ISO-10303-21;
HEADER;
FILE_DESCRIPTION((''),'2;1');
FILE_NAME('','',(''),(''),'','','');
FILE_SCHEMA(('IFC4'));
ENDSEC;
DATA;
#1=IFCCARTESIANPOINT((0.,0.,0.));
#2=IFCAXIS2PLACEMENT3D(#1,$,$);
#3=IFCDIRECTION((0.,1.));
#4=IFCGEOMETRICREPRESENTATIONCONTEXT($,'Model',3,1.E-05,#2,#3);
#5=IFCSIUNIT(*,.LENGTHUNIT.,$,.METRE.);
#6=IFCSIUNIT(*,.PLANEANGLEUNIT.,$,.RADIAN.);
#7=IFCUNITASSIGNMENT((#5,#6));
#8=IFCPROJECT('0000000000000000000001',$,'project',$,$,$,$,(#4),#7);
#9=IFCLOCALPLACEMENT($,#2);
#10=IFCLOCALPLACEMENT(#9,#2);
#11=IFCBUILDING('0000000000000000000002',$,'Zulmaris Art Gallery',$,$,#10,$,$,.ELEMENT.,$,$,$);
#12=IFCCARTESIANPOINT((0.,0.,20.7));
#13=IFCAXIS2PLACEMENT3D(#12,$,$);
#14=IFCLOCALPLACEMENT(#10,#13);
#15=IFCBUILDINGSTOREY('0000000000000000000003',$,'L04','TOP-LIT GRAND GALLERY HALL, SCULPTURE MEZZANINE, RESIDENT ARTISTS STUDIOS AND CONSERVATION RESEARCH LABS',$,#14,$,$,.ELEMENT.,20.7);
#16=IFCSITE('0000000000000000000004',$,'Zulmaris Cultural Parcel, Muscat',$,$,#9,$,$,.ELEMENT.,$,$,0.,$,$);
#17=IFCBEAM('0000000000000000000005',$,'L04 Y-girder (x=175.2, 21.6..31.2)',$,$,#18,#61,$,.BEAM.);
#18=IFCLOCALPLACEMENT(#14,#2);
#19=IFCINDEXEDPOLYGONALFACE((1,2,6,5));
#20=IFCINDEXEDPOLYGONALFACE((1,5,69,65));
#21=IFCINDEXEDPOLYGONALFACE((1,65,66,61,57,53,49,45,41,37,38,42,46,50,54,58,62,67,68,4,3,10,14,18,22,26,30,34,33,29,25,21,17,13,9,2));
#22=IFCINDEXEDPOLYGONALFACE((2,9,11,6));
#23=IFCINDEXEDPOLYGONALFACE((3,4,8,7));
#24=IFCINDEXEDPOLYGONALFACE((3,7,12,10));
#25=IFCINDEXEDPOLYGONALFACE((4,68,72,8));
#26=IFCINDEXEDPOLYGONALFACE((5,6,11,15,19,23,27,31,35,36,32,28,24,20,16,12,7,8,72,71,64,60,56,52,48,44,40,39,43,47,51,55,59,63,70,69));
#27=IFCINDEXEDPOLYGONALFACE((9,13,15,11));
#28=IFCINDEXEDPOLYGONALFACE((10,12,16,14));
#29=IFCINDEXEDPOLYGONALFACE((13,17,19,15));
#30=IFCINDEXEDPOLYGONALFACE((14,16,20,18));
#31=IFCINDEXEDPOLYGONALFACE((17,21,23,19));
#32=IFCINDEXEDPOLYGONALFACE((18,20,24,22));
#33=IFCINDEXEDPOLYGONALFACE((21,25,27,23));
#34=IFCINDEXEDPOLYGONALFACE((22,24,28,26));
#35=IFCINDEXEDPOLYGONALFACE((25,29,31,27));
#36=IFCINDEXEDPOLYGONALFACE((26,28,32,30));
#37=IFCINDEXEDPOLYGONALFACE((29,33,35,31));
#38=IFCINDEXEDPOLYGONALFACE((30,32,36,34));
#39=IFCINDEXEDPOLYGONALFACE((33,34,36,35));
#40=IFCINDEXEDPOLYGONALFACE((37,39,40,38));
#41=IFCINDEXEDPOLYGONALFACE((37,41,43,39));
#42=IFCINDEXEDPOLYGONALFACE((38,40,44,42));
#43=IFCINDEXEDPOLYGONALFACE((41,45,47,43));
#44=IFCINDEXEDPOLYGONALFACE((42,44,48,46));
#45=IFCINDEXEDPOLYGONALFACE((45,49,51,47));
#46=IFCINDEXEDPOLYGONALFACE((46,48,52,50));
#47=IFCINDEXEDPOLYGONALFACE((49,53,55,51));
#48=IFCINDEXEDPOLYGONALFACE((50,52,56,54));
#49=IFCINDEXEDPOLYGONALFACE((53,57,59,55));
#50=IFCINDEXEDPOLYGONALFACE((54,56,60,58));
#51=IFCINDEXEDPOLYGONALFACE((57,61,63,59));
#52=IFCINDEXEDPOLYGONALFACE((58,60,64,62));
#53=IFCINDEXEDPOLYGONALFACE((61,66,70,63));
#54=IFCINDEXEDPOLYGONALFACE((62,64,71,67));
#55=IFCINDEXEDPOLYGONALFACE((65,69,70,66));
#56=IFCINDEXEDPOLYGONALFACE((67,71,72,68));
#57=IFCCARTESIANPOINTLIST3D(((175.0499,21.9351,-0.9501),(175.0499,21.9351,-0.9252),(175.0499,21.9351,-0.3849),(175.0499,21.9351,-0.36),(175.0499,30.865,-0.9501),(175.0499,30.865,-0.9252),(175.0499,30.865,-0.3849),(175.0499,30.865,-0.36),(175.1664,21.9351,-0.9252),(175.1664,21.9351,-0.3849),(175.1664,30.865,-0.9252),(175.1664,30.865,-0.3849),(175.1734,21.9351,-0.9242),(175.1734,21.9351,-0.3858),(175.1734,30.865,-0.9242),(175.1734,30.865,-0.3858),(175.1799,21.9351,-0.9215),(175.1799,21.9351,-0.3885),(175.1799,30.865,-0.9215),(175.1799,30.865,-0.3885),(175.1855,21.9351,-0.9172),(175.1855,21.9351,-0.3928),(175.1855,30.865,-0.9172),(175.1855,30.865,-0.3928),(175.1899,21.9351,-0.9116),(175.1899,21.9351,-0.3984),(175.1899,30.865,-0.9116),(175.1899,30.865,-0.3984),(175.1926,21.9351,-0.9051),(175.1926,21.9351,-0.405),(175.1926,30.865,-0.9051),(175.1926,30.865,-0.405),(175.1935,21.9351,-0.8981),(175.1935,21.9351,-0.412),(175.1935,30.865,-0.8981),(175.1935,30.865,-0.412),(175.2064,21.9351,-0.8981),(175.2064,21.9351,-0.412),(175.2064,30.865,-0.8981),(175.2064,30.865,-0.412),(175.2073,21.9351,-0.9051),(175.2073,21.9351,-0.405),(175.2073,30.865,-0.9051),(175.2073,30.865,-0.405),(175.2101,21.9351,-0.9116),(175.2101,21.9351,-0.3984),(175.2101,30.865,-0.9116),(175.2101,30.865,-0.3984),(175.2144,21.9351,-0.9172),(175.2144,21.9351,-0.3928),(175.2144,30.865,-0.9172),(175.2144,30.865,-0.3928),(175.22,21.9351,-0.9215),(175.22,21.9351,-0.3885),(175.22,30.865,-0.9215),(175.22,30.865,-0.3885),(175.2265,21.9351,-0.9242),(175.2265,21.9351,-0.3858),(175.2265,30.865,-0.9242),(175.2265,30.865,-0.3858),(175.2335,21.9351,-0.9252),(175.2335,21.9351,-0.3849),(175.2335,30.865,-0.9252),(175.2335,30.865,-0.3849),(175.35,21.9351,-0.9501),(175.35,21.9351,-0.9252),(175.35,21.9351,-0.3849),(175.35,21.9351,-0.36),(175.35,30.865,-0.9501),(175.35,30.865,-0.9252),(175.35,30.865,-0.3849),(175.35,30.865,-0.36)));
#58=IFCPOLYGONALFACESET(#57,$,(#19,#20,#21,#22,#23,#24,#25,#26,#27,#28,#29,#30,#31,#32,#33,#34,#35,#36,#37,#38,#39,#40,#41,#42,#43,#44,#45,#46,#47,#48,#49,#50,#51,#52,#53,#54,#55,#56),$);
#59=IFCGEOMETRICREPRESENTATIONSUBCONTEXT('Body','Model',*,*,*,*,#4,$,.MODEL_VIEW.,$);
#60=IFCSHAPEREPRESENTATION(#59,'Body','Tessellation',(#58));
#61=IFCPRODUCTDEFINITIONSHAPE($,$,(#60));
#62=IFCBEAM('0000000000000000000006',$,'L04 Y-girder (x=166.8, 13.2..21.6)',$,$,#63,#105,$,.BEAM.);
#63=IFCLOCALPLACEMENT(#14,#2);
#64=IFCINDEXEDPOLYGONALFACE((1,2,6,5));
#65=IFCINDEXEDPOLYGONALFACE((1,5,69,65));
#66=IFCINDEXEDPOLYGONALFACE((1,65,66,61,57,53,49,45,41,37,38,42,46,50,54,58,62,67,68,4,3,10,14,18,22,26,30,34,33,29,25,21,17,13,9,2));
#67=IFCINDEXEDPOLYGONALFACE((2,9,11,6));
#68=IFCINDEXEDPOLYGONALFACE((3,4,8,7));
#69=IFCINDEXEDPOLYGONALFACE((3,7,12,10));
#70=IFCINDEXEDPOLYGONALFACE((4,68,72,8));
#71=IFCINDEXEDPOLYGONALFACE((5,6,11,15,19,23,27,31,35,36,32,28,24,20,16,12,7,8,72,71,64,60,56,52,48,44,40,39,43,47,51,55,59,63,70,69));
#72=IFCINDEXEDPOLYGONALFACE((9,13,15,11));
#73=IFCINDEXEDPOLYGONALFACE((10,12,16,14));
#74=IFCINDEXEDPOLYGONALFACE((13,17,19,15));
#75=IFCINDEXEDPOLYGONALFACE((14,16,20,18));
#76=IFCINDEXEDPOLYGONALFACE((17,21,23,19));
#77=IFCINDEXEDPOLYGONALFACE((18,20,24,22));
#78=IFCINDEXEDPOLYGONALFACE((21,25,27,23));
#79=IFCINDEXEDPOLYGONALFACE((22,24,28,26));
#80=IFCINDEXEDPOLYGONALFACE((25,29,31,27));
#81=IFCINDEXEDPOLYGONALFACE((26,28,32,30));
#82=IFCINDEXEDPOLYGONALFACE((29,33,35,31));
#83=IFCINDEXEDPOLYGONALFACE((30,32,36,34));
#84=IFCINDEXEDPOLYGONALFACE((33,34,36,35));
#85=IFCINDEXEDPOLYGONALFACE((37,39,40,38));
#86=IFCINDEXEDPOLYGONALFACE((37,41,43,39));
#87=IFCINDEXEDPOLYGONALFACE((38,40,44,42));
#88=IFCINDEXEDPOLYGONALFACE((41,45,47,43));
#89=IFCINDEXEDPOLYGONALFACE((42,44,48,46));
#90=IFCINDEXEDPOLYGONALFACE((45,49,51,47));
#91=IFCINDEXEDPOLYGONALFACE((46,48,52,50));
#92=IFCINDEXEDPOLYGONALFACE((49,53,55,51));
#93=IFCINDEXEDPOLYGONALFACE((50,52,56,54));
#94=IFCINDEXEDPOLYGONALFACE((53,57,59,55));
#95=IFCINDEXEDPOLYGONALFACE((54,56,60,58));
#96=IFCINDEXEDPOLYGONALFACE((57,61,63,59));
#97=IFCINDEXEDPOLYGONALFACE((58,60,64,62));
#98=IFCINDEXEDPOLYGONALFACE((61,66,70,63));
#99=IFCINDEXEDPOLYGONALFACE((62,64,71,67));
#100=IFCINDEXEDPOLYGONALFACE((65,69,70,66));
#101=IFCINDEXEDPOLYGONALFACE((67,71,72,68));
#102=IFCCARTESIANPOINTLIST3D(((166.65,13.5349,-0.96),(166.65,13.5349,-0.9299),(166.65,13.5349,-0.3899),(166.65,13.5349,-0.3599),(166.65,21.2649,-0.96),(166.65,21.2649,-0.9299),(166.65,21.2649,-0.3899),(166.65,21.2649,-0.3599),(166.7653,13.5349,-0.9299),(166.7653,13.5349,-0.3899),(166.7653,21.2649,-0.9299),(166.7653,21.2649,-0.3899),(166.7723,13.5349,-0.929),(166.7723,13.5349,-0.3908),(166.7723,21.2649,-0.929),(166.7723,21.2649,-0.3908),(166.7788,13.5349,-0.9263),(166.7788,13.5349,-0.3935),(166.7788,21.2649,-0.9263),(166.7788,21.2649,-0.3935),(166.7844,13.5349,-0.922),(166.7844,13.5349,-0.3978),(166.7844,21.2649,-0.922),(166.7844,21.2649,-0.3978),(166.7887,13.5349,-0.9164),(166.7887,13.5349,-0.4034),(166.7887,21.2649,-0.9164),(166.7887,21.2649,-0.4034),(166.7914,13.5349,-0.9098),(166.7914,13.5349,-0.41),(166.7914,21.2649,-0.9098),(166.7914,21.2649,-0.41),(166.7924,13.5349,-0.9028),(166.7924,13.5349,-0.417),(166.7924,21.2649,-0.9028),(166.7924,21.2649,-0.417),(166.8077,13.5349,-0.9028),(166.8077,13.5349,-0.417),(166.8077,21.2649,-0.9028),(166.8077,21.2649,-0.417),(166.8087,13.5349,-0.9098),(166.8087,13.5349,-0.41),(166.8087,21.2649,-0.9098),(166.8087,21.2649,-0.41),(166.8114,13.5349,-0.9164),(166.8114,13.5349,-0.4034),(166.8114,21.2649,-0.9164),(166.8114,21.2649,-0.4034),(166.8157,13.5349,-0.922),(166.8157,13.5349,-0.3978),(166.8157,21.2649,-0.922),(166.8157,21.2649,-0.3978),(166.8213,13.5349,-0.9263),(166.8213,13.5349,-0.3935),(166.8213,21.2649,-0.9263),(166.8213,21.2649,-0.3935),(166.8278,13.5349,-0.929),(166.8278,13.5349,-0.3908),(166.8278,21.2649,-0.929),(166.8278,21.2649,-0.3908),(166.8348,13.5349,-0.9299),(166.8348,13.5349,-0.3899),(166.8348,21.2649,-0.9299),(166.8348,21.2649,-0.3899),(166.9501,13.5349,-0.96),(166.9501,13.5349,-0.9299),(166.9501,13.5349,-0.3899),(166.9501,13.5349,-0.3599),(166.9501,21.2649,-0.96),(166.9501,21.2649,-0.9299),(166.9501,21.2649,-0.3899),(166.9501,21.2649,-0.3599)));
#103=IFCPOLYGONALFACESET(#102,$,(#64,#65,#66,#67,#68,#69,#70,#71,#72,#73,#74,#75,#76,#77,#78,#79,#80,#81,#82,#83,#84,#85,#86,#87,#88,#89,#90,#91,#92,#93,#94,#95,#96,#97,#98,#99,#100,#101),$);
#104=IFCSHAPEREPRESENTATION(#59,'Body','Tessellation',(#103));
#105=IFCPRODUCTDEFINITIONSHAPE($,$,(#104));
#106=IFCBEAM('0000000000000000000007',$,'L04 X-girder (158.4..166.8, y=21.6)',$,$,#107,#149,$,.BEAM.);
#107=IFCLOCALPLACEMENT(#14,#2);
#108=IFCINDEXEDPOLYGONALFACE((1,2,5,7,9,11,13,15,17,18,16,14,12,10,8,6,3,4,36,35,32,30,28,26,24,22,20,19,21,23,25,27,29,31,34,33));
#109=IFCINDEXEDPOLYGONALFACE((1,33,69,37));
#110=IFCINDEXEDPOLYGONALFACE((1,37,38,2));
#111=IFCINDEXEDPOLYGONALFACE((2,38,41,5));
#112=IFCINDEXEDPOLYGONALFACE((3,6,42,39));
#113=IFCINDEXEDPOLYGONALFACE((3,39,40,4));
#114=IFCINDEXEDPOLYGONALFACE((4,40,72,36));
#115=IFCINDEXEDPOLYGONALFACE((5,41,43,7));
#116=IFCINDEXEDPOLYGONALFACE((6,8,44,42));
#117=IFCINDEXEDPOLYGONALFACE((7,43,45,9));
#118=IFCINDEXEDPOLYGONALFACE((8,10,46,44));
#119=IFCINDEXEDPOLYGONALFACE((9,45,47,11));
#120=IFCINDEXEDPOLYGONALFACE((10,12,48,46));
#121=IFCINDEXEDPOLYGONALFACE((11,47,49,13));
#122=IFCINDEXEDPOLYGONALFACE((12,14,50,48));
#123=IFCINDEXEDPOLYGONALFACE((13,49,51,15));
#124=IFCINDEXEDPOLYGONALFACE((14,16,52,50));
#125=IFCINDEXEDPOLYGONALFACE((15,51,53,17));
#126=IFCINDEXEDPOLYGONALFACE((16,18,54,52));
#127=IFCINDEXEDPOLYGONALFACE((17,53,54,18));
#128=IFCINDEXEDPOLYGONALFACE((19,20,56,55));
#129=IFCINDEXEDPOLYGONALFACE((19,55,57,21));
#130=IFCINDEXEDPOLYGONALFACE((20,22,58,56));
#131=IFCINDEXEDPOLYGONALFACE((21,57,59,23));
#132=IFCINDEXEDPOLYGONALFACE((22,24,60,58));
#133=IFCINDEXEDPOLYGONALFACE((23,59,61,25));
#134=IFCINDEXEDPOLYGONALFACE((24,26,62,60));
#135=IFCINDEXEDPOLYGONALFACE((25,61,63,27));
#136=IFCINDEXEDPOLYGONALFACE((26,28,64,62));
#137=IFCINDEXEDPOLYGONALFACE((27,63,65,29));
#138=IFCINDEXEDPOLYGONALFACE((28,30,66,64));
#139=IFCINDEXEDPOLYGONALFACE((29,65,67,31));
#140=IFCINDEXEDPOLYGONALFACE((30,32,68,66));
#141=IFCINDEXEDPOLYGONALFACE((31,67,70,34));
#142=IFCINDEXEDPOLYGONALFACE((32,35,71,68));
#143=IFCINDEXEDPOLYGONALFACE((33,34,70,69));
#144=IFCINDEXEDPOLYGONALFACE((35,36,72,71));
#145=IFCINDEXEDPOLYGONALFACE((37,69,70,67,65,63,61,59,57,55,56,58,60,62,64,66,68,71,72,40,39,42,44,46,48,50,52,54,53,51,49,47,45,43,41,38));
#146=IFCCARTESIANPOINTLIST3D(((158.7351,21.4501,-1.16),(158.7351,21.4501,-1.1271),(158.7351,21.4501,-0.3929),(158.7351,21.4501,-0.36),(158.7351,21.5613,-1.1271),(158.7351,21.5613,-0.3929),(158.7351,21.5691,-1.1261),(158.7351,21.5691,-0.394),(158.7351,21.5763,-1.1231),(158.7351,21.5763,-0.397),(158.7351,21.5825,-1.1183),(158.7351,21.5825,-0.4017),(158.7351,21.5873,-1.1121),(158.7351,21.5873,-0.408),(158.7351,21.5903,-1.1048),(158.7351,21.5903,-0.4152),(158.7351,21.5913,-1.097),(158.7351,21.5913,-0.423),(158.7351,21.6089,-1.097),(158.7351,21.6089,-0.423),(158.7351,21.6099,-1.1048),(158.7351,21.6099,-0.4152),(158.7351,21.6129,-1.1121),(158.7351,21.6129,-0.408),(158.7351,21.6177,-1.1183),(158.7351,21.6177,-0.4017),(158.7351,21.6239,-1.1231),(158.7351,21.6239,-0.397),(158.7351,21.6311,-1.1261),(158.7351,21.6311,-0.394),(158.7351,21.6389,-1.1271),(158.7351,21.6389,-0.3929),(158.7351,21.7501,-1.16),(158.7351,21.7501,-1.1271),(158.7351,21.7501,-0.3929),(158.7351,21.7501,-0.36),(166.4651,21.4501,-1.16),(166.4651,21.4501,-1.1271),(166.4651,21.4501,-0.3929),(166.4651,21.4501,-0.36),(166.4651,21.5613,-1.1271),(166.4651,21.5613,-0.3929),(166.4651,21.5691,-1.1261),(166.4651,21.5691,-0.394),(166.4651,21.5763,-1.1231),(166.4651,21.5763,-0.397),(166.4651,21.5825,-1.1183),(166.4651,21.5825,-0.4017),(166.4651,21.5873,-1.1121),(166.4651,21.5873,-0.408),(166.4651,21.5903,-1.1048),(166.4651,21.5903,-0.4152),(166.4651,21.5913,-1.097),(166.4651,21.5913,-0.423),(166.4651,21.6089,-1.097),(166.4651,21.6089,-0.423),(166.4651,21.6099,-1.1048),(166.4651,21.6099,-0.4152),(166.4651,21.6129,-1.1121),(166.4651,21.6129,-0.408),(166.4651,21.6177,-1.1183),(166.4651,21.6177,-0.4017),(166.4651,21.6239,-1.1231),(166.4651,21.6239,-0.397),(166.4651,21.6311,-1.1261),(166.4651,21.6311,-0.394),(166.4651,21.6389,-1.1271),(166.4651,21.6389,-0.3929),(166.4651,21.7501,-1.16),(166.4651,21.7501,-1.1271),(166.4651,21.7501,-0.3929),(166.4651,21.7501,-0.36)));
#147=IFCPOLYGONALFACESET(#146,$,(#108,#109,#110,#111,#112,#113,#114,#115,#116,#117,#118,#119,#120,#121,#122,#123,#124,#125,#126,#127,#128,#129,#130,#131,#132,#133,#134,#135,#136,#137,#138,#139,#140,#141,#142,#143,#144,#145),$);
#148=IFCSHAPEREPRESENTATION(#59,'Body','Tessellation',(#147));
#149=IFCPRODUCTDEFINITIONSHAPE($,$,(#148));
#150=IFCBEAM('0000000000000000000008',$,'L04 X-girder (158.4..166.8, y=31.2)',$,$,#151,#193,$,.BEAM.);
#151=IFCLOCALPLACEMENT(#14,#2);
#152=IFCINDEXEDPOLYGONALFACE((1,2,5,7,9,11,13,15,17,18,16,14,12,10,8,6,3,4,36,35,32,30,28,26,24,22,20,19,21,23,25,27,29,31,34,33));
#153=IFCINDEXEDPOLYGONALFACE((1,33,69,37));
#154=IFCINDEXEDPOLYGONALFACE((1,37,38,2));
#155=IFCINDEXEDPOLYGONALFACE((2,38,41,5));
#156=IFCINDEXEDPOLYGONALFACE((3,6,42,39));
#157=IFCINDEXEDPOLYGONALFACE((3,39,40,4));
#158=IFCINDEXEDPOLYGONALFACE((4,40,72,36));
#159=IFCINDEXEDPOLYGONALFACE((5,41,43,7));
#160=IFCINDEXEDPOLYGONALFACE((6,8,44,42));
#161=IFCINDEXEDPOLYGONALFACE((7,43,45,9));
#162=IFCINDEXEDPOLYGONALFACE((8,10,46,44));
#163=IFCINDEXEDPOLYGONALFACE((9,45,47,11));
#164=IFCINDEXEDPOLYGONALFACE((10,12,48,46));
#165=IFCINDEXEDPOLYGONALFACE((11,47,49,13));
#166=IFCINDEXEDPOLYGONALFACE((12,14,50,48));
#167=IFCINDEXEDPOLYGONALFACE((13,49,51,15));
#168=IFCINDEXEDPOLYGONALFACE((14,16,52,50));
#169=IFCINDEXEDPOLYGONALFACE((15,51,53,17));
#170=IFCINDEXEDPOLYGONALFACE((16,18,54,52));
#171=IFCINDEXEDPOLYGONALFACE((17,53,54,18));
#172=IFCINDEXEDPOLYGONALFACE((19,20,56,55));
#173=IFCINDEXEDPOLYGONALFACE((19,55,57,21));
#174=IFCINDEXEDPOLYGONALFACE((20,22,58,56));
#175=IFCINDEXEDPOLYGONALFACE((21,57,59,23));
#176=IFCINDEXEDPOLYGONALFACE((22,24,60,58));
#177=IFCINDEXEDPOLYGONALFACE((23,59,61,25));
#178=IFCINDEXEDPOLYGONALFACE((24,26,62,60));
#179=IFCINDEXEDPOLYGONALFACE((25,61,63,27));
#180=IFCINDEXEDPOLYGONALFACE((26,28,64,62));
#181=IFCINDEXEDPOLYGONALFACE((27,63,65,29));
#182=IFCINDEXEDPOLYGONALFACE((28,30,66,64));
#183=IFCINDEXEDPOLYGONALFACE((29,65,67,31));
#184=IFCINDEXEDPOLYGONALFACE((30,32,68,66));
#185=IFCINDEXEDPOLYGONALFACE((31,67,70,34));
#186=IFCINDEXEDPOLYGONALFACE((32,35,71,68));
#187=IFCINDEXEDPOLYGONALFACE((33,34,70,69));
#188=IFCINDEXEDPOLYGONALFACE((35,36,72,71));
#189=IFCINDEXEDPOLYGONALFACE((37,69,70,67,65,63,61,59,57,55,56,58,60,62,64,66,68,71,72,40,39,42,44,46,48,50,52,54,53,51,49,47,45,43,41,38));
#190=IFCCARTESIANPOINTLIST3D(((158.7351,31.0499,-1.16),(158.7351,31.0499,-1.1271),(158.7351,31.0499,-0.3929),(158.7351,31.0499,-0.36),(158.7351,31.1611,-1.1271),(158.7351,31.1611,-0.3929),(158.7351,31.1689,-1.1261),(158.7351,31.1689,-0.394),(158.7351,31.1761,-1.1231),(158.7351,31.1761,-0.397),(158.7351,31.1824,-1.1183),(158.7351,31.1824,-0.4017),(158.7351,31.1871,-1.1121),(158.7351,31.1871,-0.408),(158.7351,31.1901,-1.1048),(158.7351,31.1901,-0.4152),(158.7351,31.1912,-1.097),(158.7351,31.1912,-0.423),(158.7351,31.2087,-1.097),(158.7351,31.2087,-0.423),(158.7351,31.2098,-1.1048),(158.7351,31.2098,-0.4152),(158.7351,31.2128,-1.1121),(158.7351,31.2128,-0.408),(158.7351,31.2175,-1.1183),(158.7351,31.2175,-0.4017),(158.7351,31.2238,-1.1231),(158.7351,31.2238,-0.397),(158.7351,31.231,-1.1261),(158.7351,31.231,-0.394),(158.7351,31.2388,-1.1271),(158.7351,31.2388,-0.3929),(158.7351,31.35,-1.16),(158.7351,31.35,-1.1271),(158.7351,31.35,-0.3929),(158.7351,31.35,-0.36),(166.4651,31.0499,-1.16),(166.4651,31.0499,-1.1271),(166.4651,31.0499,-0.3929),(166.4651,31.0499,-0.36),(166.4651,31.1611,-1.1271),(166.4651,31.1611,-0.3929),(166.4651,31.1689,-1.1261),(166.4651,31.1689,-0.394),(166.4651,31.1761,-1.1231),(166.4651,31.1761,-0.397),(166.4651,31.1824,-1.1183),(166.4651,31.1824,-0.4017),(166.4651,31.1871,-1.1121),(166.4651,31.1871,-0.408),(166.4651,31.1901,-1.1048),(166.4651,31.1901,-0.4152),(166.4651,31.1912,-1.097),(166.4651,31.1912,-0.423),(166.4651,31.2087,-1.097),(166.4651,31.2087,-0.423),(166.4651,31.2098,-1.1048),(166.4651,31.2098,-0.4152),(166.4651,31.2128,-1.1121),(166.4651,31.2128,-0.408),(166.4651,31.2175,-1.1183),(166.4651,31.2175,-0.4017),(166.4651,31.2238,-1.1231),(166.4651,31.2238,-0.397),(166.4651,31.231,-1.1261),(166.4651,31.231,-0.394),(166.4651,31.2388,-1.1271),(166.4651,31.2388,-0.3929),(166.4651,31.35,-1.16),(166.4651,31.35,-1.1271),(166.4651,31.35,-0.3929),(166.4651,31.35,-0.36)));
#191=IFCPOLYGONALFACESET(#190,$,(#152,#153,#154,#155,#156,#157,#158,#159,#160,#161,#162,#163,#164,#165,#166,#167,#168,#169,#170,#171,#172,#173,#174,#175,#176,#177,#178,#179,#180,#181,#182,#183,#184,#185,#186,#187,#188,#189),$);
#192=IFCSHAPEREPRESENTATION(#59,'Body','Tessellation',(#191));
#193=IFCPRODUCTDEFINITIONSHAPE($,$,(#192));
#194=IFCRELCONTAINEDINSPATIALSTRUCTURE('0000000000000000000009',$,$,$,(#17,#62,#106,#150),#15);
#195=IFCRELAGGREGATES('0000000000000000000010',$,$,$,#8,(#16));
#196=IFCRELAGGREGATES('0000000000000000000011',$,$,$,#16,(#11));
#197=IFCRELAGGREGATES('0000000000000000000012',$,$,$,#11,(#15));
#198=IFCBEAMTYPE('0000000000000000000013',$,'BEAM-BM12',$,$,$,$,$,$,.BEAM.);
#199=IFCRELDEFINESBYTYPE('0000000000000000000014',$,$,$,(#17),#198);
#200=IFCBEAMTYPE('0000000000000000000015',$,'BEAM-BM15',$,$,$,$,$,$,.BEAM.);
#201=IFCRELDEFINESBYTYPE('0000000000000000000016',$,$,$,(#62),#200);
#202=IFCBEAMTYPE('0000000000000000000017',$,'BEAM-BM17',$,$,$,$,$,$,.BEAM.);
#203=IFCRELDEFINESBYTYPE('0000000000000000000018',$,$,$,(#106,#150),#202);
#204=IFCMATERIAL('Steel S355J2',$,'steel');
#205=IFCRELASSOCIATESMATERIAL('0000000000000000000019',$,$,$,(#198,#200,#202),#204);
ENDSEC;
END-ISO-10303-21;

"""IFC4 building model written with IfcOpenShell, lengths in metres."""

from ifc_helpers import new_model, si_unit, direction, frame, origin, origin_2d, place, context, subcontext, project, spatial, i_section, extrude, material, material_profile, profile_set, type_object, element, save


model = new_model("IFC4")

# Units and contexts
model_context = context("Model", 3, precision=1e-05, world=origin(), true_north=direction((0.0, 1.0)))
body_context = subcontext(model_context, "Body", "Model", "MODEL_VIEW")
ifc_project = project(units=[si_unit("LENGTHUNIT", "METRE"), si_unit("PLANEANGLEUNIT", "RADIAN")], contexts=[model_context])

# Site, building, storey
site_placement = place(None, origin())
site = spatial("IfcSite", under=ifc_project, at=site_placement, Name="Zulmaris Cultural Parcel, Muscat", CompositionType="ELEMENT", RefElevation=0.0)
building_placement = place(site_placement, origin())
building = spatial("IfcBuilding", under=site, at=building_placement, Name="Zulmaris Art Gallery", CompositionType="ELEMENT")
storey_placement = place(building_placement, frame((0.0, 0.0, 20.7)))
storey = spatial("IfcBuildingStorey", under=building, at=storey_placement, Name="L04", Description="TOP-LIT GRAND GALLERY HALL, SCULPTURE MEZZANINE, RESIDENT ARTISTS STUDIOS AND CONSERVATION RESEARCH LABS", CompositionType="ELEMENT", Elevation=20.7)

# Beams
ifc_material_1 = material(Name="Steel S355J2", Category="steel")
ifc_material_profile_1 = material_profile(ifc_material_1, i_section(OverallWidth=0.3, OverallDepth=0.5901, WebThickness=0.0129, FlangeThickness=0.0249, FilletRadius=0.0271, at=origin_2d()), Name="HEA 600")
ifc_profile_set_1 = profile_set([ifc_material_profile_1], Name="Steel S355J2")
beam_type_1 = type_object("IfcBeamType", Name="BEAM-BM12", PredefinedType="BEAM", material=ifc_profile_set_1)
beam_1_placement = place(storey_placement, frame((175.2, 21.9351, -0.655), z_axis=(0.0, 1.0, 0.0), x_axis=(-1.0, 0.0, 0.0)))
element("IfcBeam", 1, at=beam_1_placement, inside=storey, type_object=beam_type_1, Name="L04 Y-girder (x=175.2, 21.6..31.2)", PredefinedType="BEAM", context=body_context, shape_type="SweptSolid", body=[
    extrude(i_section(OverallWidth=0.3, OverallDepth=0.5901, WebThickness=0.0129, FlangeThickness=0.0249, FilletRadius=0.0271, at=origin_2d()), origin(), (0.0, 0.0, 1.0), 8.9299),
])
ifc_material_profile_2 = material_profile(ifc_material_1, i_section(OverallWidth=0.3, OverallDepth=0.6001, WebThickness=0.0154, FlangeThickness=0.03, FilletRadius=0.0271, at=origin_2d()), Name="HEB 600")
ifc_profile_set_2 = profile_set([ifc_material_profile_2], Name="Steel S355J2")
beam_type_2 = type_object("IfcBeamType", Name="BEAM-BM15", PredefinedType="BEAM", material=ifc_profile_set_2)
beam_2_placement = place(storey_placement, frame((166.8, 13.5349, -0.6599), z_axis=(0.0, 1.0, 0.0), x_axis=(-1.0, 0.0, 0.0)))
element("IfcBeam", 2, at=beam_2_placement, inside=storey, type_object=beam_type_2, Name="L04 Y-girder (x=166.8, 13.2..21.6)", PredefinedType="BEAM", context=body_context, shape_type="SweptSolid", body=[
    extrude(i_section(OverallWidth=0.3, OverallDepth=0.6001, WebThickness=0.0154, FlangeThickness=0.03, FilletRadius=0.0271, at=origin_2d()), origin(), (0.0, 0.0, 1.0), 7.73),
])
ifc_material_profile_3 = material_profile(ifc_material_1, i_section(OverallWidth=0.3, OverallDepth=0.8, WebThickness=0.0176, FlangeThickness=0.033, FilletRadius=0.03, at=origin_2d()), Name="HEB 800")
ifc_profile_set_3 = profile_set([ifc_material_profile_3], Name="Steel S355J2")
beam_type_3 = type_object("IfcBeamType", Name="BEAM-BM17", PredefinedType="BEAM", material=ifc_profile_set_3)
for number, where, z_axis, x_axis, name in (
    (3, (158.7351, 21.6001, -0.76), (1.0, 0.0, 0.0), (0.0, 1.0, 0.0), "L04 X-girder (158.4..166.8, y=21.6)"),
    (4, (158.7351, 31.2, -0.76), (1.0, 0.0, 0.0), (0.0, 1.0, 0.0), "L04 X-girder (158.4..166.8, y=31.2)"),
):
    element("IfcBeam", number, at=place(storey_placement, frame(where, z_axis=z_axis, x_axis=x_axis)), inside=storey, type_object=beam_type_3, Name=name, PredefinedType="BEAM", context=body_context, shape_type="SweptSolid", body=[
        extrude(i_section(OverallWidth=0.3, OverallDepth=0.8, WebThickness=0.0176, FlangeThickness=0.033, FilletRadius=0.03, at=origin_2d()), origin(), (0.0, 0.0, 1.0), 7.73),
    ])

save(model, "model.ifc")
